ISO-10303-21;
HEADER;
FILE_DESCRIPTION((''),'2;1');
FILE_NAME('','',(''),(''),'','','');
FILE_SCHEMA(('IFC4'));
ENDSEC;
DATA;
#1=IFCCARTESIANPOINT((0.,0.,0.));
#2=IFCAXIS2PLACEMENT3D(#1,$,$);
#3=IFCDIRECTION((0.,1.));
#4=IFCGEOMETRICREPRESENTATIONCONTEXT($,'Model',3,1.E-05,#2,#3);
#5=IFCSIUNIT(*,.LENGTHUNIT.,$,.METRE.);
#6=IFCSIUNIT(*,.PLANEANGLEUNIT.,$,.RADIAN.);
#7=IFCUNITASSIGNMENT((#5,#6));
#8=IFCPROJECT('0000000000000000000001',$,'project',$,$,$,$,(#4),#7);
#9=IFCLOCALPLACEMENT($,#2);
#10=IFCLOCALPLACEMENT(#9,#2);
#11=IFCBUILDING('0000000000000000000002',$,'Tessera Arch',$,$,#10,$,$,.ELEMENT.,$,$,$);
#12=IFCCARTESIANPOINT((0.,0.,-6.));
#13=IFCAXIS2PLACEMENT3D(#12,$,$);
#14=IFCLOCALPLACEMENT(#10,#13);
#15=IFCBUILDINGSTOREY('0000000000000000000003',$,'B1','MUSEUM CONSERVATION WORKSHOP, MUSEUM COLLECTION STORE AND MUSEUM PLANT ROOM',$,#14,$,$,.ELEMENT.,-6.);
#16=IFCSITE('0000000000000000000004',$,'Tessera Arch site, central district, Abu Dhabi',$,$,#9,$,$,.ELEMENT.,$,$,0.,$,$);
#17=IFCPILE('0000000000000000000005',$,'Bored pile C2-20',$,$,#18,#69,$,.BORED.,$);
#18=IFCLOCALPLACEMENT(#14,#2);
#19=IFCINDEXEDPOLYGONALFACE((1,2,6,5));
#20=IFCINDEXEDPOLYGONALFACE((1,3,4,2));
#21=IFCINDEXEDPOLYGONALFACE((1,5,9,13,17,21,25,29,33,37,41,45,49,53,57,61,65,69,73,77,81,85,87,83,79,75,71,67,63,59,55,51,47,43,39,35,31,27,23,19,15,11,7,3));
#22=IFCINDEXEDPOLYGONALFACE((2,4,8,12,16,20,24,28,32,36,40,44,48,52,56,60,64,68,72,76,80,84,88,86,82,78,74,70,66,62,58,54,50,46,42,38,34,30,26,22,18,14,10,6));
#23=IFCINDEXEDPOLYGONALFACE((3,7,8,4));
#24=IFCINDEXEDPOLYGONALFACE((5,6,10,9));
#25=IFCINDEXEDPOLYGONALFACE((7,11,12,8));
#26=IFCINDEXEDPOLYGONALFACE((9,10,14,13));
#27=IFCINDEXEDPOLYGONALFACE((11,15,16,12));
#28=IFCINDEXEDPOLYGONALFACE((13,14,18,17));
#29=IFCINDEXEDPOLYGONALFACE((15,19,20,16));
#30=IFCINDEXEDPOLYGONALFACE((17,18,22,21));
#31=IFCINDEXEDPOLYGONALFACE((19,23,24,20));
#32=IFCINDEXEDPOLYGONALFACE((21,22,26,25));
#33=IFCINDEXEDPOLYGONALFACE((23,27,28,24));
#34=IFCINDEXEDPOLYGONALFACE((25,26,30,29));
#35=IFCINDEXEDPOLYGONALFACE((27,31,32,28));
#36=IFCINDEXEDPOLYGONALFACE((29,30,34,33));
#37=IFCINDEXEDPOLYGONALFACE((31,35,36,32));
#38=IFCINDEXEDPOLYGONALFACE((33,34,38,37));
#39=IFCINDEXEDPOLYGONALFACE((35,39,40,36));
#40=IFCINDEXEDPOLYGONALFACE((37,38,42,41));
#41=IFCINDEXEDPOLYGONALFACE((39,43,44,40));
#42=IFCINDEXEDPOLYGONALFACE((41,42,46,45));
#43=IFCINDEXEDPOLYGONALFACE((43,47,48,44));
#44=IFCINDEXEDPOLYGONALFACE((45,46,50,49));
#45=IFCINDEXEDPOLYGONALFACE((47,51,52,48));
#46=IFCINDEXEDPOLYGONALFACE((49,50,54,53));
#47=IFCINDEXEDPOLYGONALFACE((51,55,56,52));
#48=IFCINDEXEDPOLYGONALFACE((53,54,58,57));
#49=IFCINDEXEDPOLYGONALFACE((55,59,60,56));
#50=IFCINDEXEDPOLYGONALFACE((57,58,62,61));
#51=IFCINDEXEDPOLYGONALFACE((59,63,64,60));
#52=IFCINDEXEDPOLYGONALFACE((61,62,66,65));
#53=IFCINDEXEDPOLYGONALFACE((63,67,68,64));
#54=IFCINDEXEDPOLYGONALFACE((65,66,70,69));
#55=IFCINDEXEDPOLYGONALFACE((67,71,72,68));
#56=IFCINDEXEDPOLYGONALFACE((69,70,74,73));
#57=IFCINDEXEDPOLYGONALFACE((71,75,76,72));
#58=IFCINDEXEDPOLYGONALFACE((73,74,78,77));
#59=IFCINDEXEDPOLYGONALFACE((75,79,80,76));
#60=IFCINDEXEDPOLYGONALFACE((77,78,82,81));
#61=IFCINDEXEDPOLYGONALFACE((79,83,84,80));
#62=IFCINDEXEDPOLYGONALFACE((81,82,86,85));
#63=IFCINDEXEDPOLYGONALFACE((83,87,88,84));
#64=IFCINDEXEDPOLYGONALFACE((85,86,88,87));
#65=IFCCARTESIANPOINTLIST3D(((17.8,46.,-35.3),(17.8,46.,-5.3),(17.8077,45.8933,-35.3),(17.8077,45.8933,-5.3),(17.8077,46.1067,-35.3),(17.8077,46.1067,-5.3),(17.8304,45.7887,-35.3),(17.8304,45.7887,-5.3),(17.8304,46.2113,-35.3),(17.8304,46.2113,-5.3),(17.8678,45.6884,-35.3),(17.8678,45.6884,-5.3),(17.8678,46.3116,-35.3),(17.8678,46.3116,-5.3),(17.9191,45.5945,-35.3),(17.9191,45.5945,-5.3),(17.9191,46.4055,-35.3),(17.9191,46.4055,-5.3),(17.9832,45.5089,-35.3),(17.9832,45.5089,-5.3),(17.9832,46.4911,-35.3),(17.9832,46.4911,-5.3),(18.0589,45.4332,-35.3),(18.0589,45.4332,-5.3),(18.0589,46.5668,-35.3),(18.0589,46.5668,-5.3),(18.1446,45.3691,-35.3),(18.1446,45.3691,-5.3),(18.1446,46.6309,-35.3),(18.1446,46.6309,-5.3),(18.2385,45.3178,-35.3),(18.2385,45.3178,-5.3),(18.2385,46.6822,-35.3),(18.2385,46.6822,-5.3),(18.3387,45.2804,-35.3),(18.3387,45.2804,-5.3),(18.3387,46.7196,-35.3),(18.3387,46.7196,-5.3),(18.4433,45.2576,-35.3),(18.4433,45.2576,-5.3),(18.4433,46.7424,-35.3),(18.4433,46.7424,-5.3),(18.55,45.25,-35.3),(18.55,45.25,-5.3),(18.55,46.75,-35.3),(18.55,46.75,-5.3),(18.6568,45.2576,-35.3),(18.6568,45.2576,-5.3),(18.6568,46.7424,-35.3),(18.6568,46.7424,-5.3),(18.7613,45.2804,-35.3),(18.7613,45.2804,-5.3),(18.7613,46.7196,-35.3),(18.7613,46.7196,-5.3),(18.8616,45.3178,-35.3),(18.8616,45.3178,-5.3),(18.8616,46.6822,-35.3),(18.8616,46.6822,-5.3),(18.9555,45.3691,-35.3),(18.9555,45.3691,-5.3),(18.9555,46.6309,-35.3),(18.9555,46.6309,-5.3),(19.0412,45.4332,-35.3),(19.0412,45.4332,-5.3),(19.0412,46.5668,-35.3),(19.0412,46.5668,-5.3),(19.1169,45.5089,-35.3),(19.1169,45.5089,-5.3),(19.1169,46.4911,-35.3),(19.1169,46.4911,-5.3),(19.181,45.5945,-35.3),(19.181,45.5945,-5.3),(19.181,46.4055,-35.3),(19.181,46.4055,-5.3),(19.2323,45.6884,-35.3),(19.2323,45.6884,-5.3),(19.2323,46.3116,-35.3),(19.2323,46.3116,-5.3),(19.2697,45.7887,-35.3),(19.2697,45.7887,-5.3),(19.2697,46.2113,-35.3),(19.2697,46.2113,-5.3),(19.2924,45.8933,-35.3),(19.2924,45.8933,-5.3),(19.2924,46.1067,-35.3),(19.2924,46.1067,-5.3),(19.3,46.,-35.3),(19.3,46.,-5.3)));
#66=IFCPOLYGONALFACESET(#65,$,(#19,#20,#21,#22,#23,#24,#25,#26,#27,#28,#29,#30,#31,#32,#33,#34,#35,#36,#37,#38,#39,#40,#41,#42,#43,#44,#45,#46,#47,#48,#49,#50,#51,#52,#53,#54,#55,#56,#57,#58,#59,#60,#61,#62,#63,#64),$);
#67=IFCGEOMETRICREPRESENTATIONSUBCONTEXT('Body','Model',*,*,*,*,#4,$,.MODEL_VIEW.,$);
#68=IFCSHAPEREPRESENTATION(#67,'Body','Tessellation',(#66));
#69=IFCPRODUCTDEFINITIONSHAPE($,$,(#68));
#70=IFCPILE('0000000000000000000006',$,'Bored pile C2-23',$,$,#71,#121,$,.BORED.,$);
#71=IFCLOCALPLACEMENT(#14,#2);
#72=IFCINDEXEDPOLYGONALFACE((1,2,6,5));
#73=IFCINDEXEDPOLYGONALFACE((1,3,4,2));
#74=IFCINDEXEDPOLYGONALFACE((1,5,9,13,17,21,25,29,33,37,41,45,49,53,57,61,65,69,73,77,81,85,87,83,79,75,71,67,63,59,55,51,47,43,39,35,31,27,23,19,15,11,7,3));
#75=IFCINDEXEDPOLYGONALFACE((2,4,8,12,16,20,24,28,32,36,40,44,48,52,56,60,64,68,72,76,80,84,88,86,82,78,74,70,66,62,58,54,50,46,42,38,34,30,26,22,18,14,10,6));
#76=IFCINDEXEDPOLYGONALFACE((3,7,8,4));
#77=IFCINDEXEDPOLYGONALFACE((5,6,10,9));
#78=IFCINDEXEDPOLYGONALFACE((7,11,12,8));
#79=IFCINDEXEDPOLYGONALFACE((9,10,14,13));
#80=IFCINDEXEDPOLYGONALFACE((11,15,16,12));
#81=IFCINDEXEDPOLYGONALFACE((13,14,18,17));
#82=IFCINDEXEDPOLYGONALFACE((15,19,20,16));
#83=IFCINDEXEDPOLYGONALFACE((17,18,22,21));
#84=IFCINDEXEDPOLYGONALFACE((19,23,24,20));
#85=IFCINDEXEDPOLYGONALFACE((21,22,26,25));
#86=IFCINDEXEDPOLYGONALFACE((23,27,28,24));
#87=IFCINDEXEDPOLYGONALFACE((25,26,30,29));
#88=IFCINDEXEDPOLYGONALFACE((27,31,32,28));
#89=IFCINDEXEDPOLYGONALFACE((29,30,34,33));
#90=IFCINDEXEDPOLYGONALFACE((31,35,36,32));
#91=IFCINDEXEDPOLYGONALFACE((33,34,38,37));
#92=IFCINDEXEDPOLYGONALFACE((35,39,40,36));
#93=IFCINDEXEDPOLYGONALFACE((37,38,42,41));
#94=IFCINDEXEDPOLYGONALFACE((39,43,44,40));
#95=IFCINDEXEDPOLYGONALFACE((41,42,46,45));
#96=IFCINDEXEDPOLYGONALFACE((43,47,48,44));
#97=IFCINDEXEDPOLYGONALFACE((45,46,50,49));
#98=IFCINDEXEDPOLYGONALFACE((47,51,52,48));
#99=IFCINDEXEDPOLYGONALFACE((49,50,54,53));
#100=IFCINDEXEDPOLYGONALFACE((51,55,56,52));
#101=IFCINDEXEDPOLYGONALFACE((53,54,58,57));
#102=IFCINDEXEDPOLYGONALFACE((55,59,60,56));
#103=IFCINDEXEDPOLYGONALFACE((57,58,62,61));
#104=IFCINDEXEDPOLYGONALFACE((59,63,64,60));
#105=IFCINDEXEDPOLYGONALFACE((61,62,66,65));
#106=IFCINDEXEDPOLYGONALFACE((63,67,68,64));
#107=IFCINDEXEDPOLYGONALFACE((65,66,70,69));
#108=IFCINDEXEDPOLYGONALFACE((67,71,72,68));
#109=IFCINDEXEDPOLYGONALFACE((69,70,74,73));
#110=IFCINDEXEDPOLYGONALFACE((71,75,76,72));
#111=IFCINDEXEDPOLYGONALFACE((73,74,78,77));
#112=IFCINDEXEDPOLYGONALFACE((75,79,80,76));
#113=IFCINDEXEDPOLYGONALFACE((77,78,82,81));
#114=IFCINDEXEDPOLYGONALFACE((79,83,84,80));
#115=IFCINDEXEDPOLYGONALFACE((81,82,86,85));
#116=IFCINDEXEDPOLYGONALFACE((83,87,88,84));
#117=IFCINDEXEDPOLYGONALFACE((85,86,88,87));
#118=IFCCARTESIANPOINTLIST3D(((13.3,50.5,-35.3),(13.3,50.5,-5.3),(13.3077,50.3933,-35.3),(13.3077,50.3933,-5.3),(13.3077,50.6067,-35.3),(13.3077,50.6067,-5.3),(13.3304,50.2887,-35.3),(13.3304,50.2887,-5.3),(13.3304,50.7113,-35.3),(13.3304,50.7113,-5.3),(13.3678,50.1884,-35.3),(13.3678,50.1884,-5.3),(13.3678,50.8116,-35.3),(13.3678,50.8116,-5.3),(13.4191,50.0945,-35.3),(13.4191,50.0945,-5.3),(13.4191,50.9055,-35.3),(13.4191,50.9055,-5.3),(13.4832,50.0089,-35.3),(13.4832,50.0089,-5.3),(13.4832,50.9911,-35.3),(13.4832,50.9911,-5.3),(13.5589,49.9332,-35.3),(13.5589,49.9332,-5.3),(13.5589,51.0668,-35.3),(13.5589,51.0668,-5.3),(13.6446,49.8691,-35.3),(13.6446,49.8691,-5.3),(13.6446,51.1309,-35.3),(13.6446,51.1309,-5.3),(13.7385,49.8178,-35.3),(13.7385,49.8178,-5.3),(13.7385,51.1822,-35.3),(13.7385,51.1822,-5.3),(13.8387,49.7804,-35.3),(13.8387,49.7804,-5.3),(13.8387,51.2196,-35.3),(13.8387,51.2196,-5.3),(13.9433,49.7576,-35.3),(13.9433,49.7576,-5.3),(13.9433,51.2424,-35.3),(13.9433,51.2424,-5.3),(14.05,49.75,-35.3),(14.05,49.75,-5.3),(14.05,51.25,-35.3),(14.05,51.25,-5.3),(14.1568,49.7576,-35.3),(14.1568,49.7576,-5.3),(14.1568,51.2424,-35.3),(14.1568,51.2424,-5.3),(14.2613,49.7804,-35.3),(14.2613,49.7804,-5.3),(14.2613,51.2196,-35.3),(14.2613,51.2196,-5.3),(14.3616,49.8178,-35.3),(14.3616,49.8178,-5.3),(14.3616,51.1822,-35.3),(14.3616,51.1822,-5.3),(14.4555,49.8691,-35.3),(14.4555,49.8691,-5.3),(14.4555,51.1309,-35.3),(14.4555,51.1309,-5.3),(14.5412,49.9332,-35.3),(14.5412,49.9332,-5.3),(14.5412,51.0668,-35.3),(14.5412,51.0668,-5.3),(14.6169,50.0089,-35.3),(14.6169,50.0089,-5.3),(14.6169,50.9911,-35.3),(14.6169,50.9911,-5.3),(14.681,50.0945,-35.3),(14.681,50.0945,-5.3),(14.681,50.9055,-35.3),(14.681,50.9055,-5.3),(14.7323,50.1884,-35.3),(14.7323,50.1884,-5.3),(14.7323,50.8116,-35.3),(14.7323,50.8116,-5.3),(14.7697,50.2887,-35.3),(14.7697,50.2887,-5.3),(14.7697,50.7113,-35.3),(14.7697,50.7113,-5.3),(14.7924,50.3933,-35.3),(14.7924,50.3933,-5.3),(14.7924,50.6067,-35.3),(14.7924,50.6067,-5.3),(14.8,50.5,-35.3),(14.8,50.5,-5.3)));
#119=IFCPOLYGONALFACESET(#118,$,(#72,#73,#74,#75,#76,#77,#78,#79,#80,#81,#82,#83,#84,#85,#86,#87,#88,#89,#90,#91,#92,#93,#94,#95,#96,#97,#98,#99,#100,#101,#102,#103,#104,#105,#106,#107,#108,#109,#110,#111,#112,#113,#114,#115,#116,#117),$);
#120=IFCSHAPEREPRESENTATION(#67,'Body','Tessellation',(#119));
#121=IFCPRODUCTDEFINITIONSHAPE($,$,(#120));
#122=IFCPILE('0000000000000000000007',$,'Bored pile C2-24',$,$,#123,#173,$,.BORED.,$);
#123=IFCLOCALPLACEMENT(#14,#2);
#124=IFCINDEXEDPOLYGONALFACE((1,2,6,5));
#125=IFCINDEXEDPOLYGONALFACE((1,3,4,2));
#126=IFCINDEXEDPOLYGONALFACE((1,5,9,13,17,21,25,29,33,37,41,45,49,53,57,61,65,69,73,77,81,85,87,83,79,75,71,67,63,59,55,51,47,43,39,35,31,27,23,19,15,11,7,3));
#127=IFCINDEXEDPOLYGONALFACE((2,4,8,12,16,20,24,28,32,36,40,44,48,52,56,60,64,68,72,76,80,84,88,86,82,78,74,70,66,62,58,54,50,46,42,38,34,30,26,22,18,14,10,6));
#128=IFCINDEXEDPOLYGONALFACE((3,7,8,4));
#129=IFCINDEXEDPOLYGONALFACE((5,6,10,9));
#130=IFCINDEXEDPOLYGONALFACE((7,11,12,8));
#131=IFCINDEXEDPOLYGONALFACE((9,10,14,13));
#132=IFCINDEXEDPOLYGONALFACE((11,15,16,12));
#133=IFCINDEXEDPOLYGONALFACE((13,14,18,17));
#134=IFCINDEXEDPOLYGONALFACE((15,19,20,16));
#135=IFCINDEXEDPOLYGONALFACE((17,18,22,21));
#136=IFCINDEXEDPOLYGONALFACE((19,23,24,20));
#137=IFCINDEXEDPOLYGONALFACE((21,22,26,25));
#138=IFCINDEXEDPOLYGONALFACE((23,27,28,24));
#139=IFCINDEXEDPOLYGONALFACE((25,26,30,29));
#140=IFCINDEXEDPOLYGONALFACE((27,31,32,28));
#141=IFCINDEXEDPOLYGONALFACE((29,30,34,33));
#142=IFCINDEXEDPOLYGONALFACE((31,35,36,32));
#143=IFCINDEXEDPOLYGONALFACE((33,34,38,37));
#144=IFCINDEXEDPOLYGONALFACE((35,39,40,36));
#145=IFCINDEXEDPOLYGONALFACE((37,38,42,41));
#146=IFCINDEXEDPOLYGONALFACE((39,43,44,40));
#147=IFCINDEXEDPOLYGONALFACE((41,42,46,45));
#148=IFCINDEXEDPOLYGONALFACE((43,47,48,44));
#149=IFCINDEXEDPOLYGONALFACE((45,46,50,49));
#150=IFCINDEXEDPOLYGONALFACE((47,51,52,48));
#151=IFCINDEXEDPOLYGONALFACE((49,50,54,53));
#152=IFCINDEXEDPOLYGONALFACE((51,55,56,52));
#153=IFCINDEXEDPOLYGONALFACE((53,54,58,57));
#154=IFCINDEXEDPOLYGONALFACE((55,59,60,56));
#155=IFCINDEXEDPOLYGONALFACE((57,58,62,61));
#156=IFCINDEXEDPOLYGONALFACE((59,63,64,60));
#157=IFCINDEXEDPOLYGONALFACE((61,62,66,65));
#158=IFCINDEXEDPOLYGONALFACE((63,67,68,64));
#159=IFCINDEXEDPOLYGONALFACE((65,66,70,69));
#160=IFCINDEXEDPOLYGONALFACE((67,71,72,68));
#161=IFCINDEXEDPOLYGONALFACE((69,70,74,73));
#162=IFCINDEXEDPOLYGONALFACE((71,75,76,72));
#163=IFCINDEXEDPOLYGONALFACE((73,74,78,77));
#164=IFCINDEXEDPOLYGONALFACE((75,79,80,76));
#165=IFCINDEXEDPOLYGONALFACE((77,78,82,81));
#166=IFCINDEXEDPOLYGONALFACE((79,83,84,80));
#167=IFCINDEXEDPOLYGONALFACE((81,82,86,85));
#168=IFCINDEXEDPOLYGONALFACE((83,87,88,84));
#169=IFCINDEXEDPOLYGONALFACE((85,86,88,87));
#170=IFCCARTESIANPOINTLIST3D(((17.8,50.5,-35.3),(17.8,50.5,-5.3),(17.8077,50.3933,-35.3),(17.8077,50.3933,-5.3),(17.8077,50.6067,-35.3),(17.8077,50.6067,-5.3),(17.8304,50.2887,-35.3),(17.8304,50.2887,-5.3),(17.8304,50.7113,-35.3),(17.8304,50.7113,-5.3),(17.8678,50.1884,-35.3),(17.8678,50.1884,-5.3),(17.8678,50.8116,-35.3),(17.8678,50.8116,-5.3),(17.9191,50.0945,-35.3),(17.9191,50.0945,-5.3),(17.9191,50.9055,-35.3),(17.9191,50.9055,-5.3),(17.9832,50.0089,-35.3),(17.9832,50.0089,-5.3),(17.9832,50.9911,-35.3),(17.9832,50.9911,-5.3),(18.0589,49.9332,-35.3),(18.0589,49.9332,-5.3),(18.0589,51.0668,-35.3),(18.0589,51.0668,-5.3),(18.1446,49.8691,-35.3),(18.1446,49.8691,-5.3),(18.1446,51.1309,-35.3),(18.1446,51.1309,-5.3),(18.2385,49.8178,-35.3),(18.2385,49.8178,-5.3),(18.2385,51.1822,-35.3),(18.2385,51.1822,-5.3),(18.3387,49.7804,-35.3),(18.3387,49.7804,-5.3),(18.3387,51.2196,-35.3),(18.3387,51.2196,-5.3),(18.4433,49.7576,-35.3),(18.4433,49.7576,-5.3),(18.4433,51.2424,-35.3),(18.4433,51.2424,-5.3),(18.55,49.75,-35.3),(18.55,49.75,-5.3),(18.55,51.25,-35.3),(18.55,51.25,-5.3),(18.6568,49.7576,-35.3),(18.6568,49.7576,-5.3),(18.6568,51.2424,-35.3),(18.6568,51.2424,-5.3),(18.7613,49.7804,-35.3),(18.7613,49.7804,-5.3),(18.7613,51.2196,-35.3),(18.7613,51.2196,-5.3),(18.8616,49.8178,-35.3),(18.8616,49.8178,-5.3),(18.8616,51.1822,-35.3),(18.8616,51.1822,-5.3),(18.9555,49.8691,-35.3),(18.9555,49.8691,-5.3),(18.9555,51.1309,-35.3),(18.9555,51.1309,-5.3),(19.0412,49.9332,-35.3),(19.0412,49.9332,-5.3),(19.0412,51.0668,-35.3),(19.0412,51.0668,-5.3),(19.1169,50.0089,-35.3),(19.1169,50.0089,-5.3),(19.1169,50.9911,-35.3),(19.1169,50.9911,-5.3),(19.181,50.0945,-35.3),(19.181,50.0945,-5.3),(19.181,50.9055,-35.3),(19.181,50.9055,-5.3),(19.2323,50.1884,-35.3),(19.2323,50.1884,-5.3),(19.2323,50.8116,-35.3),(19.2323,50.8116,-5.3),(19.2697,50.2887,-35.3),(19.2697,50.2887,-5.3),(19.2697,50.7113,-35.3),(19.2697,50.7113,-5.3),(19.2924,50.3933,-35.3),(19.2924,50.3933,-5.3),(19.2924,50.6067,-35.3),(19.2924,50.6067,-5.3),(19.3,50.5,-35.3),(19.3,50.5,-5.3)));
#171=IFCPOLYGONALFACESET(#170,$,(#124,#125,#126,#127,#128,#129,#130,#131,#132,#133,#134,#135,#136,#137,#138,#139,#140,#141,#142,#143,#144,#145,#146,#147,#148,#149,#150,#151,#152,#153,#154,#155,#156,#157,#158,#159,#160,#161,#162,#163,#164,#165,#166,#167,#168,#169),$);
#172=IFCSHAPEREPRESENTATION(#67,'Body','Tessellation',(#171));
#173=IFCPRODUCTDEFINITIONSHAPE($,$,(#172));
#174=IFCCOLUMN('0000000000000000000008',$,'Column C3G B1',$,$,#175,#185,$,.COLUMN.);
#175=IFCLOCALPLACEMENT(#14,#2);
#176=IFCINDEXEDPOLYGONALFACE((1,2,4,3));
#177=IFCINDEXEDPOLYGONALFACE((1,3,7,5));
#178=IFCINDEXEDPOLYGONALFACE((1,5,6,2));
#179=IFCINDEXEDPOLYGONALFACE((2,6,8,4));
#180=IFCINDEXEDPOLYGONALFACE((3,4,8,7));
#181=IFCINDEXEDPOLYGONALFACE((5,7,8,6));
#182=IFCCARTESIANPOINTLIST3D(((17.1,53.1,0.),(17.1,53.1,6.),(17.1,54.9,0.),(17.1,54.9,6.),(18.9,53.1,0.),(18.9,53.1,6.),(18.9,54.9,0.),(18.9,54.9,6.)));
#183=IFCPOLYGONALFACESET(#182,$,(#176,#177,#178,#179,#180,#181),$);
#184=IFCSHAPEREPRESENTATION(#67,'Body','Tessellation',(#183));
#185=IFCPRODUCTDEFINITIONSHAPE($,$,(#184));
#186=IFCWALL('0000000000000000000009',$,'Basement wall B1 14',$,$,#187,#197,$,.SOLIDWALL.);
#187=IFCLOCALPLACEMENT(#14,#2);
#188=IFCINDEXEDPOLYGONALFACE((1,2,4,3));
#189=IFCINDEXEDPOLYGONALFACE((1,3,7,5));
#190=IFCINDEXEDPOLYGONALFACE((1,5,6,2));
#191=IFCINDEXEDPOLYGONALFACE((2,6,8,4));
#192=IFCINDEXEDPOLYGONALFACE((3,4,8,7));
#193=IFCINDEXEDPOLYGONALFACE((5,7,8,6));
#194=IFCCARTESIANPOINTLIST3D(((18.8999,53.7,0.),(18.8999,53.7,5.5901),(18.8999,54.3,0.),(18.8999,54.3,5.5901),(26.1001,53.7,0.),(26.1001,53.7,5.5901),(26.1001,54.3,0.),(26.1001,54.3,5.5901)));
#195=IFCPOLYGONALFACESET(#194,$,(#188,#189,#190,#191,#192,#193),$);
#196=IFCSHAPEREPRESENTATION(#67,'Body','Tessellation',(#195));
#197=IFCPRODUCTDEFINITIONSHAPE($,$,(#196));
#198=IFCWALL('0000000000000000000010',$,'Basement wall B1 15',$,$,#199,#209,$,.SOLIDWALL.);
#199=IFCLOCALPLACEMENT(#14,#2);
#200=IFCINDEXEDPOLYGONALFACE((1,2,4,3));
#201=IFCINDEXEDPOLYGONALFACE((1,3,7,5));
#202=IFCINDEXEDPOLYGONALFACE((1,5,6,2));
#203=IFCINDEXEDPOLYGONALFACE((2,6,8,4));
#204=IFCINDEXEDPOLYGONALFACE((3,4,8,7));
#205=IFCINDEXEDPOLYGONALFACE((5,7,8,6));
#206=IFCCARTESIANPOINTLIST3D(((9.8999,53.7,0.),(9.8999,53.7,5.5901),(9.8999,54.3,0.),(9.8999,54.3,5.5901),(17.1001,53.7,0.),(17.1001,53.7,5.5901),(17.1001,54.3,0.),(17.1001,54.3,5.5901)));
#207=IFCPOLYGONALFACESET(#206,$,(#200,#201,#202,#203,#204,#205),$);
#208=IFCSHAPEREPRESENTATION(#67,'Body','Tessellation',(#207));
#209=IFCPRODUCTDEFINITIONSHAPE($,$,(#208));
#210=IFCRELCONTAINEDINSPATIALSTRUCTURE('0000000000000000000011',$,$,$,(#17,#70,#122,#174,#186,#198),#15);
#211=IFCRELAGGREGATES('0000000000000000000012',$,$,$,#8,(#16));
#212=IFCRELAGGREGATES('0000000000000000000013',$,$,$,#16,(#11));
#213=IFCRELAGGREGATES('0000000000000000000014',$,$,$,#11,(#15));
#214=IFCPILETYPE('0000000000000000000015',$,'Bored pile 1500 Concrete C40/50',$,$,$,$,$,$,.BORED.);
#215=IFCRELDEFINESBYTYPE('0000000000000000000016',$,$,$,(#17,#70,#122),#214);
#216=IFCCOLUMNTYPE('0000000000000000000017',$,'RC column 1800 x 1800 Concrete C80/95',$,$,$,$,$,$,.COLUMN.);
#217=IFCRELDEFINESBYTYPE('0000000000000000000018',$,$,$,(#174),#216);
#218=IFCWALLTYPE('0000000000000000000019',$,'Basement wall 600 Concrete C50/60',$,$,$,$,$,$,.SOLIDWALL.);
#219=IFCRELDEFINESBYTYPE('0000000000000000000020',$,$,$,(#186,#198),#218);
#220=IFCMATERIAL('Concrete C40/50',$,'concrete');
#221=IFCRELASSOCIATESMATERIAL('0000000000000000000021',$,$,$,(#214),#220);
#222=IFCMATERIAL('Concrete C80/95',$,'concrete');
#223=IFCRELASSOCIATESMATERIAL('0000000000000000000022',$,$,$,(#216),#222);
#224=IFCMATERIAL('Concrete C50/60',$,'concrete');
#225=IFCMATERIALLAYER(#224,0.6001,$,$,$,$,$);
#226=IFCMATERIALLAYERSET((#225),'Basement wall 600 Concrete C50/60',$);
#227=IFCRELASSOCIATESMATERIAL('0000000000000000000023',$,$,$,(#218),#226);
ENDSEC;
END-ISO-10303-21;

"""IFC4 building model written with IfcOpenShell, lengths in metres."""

from ifc_helpers import new_model, si_unit, direction, frame, frame_2d, origin, origin_2d, place, context, subcontext, project, spatial, rectangle, circle, extrude, material, layer, layer_set, material_profile, profile_set, type_object, element, save


model = new_model("IFC4")

# Units and contexts
model_context = context("Model", 3, precision=1e-05, world=origin(), true_north=direction((0.0, 1.0)))
body_context = subcontext(model_context, "Body", "Model", "MODEL_VIEW")
ifc_project = project(units=[si_unit("LENGTHUNIT", "METRE"), si_unit("PLANEANGLEUNIT", "RADIAN")], contexts=[model_context])

# Site, building, storey
site_placement = place(None, origin())
site = spatial("IfcSite", under=ifc_project, at=site_placement, Name="Tessera Arch site, central district, Abu Dhabi", CompositionType="ELEMENT", RefElevation=0.0)
building_placement = place(site_placement, origin())
building = spatial("IfcBuilding", under=site, at=building_placement, Name="Tessera Arch", CompositionType="ELEMENT")
storey_placement = place(building_placement, frame((0.0, 0.0, -6.0)))
storey = spatial("IfcBuildingStorey", under=building, at=storey_placement, Name="B1", Description="MUSEUM CONSERVATION WORKSHOP, MUSEUM COLLECTION STORE AND MUSEUM PLANT ROOM", CompositionType="ELEMENT", Elevation=-6.0)

# Piles
ifc_material_1 = material(Name="Concrete C40/50", Category="concrete")
pile_type = type_object("IfcPileType", Name="Bored pile 1500 Concrete C40/50", PredefinedType="BORED", material=ifc_material_1)
for number, where, z_axis, x_axis, name in (
    (1, (18.55, 46.0, -5.3), (0.0, 0.0, -1.0), (1.0, 0.0, 0.0), "Bored pile C2-20"),
    (2, (14.05, 50.5, -5.3), (0.0, 0.0, -1.0), (1.0, 0.0, 0.0), "Bored pile C2-23"),
    (3, (18.55, 50.5, -5.3), (0.0, 0.0, -1.0), (1.0, 0.0, 0.0), "Bored pile C2-24"),
):
    element("IfcPile", number, at=place(storey_placement, frame(where, z_axis=z_axis, x_axis=x_axis)), inside=storey, type_object=pile_type, Name=name, PredefinedType="BORED", context=body_context, shape_type="SweptSolid", body=[
        extrude(circle(Radius=0.75, at=origin_2d()), origin(), (0.0, 0.0, 1.0), 30.0),
    ])

# Column
ifc_material_2 = material(Name="Concrete C80/95", Category="concrete")
ifc_material_profile = material_profile(ifc_material_2, rectangle(XDim=1.8, YDim=1.8, at=origin_2d()), Name="RC column 1800 x 1800 Concrete C80/95")
ifc_profile_set = profile_set([ifc_material_profile], Name="Concrete C80/95")
column_type = type_object("IfcColumnType", Name="RC column 1800 x 1800 Concrete C80/95", PredefinedType="COLUMN", material=ifc_profile_set)
column_placement = place(storey_placement, frame((18.0, 54.0, 0.0), z_axis=(0.0, 0.0, 1.0), x_axis=(1.0, 0.0, 0.0)))
element("IfcColumn", 4, at=column_placement, inside=storey, type_object=column_type, Name="Column C3G B1", PredefinedType="COLUMN", context=body_context, shape_type="SweptSolid", body=[
    extrude(rectangle(XDim=1.8, YDim=1.8, at=origin_2d()), origin(), (0.0, 0.0, 1.0), 6.0),
])

# Walls
ifc_material_3 = material(Name="Concrete C50/60", Category="concrete")
ifc_layer_1 = layer(ifc_material_3, 0.6001)
ifc_layer_set_1 = layer_set([ifc_layer_1], Name="Basement wall 600 Concrete C50/60")
wall_type_1 = type_object("IfcWallType", Name="Basement wall 600 Concrete C50/60", PredefinedType="SOLIDWALL", material=ifc_layer_set_1)
for number, where, z_axis, x_axis, name in (
    (5, (26.1001, 54.0, 0.0), (0.0, 0.0, 1.0), (-1.0, 0.0, 0.0), "Basement wall B1 14"),
    (6, (17.1001, 54.0, 0.0), (0.0, 0.0, 1.0), (-1.0, 0.0, 0.0), "Basement wall B1 15"),
):
    element("IfcWall", number, at=place(storey_placement, frame(where, z_axis=z_axis, x_axis=x_axis)), inside=storey, type_object=wall_type_1, Name=name, PredefinedType="SOLIDWALL", context=body_context, shape_type="SweptSolid", body=[
        extrude(rectangle(XDim=7.2002, YDim=0.6001, at=frame_2d((3.6001, 0.0))), origin(), (0.0, 0.0, 1.0), 5.5901),
    ])

save(model, "model.ifc")
